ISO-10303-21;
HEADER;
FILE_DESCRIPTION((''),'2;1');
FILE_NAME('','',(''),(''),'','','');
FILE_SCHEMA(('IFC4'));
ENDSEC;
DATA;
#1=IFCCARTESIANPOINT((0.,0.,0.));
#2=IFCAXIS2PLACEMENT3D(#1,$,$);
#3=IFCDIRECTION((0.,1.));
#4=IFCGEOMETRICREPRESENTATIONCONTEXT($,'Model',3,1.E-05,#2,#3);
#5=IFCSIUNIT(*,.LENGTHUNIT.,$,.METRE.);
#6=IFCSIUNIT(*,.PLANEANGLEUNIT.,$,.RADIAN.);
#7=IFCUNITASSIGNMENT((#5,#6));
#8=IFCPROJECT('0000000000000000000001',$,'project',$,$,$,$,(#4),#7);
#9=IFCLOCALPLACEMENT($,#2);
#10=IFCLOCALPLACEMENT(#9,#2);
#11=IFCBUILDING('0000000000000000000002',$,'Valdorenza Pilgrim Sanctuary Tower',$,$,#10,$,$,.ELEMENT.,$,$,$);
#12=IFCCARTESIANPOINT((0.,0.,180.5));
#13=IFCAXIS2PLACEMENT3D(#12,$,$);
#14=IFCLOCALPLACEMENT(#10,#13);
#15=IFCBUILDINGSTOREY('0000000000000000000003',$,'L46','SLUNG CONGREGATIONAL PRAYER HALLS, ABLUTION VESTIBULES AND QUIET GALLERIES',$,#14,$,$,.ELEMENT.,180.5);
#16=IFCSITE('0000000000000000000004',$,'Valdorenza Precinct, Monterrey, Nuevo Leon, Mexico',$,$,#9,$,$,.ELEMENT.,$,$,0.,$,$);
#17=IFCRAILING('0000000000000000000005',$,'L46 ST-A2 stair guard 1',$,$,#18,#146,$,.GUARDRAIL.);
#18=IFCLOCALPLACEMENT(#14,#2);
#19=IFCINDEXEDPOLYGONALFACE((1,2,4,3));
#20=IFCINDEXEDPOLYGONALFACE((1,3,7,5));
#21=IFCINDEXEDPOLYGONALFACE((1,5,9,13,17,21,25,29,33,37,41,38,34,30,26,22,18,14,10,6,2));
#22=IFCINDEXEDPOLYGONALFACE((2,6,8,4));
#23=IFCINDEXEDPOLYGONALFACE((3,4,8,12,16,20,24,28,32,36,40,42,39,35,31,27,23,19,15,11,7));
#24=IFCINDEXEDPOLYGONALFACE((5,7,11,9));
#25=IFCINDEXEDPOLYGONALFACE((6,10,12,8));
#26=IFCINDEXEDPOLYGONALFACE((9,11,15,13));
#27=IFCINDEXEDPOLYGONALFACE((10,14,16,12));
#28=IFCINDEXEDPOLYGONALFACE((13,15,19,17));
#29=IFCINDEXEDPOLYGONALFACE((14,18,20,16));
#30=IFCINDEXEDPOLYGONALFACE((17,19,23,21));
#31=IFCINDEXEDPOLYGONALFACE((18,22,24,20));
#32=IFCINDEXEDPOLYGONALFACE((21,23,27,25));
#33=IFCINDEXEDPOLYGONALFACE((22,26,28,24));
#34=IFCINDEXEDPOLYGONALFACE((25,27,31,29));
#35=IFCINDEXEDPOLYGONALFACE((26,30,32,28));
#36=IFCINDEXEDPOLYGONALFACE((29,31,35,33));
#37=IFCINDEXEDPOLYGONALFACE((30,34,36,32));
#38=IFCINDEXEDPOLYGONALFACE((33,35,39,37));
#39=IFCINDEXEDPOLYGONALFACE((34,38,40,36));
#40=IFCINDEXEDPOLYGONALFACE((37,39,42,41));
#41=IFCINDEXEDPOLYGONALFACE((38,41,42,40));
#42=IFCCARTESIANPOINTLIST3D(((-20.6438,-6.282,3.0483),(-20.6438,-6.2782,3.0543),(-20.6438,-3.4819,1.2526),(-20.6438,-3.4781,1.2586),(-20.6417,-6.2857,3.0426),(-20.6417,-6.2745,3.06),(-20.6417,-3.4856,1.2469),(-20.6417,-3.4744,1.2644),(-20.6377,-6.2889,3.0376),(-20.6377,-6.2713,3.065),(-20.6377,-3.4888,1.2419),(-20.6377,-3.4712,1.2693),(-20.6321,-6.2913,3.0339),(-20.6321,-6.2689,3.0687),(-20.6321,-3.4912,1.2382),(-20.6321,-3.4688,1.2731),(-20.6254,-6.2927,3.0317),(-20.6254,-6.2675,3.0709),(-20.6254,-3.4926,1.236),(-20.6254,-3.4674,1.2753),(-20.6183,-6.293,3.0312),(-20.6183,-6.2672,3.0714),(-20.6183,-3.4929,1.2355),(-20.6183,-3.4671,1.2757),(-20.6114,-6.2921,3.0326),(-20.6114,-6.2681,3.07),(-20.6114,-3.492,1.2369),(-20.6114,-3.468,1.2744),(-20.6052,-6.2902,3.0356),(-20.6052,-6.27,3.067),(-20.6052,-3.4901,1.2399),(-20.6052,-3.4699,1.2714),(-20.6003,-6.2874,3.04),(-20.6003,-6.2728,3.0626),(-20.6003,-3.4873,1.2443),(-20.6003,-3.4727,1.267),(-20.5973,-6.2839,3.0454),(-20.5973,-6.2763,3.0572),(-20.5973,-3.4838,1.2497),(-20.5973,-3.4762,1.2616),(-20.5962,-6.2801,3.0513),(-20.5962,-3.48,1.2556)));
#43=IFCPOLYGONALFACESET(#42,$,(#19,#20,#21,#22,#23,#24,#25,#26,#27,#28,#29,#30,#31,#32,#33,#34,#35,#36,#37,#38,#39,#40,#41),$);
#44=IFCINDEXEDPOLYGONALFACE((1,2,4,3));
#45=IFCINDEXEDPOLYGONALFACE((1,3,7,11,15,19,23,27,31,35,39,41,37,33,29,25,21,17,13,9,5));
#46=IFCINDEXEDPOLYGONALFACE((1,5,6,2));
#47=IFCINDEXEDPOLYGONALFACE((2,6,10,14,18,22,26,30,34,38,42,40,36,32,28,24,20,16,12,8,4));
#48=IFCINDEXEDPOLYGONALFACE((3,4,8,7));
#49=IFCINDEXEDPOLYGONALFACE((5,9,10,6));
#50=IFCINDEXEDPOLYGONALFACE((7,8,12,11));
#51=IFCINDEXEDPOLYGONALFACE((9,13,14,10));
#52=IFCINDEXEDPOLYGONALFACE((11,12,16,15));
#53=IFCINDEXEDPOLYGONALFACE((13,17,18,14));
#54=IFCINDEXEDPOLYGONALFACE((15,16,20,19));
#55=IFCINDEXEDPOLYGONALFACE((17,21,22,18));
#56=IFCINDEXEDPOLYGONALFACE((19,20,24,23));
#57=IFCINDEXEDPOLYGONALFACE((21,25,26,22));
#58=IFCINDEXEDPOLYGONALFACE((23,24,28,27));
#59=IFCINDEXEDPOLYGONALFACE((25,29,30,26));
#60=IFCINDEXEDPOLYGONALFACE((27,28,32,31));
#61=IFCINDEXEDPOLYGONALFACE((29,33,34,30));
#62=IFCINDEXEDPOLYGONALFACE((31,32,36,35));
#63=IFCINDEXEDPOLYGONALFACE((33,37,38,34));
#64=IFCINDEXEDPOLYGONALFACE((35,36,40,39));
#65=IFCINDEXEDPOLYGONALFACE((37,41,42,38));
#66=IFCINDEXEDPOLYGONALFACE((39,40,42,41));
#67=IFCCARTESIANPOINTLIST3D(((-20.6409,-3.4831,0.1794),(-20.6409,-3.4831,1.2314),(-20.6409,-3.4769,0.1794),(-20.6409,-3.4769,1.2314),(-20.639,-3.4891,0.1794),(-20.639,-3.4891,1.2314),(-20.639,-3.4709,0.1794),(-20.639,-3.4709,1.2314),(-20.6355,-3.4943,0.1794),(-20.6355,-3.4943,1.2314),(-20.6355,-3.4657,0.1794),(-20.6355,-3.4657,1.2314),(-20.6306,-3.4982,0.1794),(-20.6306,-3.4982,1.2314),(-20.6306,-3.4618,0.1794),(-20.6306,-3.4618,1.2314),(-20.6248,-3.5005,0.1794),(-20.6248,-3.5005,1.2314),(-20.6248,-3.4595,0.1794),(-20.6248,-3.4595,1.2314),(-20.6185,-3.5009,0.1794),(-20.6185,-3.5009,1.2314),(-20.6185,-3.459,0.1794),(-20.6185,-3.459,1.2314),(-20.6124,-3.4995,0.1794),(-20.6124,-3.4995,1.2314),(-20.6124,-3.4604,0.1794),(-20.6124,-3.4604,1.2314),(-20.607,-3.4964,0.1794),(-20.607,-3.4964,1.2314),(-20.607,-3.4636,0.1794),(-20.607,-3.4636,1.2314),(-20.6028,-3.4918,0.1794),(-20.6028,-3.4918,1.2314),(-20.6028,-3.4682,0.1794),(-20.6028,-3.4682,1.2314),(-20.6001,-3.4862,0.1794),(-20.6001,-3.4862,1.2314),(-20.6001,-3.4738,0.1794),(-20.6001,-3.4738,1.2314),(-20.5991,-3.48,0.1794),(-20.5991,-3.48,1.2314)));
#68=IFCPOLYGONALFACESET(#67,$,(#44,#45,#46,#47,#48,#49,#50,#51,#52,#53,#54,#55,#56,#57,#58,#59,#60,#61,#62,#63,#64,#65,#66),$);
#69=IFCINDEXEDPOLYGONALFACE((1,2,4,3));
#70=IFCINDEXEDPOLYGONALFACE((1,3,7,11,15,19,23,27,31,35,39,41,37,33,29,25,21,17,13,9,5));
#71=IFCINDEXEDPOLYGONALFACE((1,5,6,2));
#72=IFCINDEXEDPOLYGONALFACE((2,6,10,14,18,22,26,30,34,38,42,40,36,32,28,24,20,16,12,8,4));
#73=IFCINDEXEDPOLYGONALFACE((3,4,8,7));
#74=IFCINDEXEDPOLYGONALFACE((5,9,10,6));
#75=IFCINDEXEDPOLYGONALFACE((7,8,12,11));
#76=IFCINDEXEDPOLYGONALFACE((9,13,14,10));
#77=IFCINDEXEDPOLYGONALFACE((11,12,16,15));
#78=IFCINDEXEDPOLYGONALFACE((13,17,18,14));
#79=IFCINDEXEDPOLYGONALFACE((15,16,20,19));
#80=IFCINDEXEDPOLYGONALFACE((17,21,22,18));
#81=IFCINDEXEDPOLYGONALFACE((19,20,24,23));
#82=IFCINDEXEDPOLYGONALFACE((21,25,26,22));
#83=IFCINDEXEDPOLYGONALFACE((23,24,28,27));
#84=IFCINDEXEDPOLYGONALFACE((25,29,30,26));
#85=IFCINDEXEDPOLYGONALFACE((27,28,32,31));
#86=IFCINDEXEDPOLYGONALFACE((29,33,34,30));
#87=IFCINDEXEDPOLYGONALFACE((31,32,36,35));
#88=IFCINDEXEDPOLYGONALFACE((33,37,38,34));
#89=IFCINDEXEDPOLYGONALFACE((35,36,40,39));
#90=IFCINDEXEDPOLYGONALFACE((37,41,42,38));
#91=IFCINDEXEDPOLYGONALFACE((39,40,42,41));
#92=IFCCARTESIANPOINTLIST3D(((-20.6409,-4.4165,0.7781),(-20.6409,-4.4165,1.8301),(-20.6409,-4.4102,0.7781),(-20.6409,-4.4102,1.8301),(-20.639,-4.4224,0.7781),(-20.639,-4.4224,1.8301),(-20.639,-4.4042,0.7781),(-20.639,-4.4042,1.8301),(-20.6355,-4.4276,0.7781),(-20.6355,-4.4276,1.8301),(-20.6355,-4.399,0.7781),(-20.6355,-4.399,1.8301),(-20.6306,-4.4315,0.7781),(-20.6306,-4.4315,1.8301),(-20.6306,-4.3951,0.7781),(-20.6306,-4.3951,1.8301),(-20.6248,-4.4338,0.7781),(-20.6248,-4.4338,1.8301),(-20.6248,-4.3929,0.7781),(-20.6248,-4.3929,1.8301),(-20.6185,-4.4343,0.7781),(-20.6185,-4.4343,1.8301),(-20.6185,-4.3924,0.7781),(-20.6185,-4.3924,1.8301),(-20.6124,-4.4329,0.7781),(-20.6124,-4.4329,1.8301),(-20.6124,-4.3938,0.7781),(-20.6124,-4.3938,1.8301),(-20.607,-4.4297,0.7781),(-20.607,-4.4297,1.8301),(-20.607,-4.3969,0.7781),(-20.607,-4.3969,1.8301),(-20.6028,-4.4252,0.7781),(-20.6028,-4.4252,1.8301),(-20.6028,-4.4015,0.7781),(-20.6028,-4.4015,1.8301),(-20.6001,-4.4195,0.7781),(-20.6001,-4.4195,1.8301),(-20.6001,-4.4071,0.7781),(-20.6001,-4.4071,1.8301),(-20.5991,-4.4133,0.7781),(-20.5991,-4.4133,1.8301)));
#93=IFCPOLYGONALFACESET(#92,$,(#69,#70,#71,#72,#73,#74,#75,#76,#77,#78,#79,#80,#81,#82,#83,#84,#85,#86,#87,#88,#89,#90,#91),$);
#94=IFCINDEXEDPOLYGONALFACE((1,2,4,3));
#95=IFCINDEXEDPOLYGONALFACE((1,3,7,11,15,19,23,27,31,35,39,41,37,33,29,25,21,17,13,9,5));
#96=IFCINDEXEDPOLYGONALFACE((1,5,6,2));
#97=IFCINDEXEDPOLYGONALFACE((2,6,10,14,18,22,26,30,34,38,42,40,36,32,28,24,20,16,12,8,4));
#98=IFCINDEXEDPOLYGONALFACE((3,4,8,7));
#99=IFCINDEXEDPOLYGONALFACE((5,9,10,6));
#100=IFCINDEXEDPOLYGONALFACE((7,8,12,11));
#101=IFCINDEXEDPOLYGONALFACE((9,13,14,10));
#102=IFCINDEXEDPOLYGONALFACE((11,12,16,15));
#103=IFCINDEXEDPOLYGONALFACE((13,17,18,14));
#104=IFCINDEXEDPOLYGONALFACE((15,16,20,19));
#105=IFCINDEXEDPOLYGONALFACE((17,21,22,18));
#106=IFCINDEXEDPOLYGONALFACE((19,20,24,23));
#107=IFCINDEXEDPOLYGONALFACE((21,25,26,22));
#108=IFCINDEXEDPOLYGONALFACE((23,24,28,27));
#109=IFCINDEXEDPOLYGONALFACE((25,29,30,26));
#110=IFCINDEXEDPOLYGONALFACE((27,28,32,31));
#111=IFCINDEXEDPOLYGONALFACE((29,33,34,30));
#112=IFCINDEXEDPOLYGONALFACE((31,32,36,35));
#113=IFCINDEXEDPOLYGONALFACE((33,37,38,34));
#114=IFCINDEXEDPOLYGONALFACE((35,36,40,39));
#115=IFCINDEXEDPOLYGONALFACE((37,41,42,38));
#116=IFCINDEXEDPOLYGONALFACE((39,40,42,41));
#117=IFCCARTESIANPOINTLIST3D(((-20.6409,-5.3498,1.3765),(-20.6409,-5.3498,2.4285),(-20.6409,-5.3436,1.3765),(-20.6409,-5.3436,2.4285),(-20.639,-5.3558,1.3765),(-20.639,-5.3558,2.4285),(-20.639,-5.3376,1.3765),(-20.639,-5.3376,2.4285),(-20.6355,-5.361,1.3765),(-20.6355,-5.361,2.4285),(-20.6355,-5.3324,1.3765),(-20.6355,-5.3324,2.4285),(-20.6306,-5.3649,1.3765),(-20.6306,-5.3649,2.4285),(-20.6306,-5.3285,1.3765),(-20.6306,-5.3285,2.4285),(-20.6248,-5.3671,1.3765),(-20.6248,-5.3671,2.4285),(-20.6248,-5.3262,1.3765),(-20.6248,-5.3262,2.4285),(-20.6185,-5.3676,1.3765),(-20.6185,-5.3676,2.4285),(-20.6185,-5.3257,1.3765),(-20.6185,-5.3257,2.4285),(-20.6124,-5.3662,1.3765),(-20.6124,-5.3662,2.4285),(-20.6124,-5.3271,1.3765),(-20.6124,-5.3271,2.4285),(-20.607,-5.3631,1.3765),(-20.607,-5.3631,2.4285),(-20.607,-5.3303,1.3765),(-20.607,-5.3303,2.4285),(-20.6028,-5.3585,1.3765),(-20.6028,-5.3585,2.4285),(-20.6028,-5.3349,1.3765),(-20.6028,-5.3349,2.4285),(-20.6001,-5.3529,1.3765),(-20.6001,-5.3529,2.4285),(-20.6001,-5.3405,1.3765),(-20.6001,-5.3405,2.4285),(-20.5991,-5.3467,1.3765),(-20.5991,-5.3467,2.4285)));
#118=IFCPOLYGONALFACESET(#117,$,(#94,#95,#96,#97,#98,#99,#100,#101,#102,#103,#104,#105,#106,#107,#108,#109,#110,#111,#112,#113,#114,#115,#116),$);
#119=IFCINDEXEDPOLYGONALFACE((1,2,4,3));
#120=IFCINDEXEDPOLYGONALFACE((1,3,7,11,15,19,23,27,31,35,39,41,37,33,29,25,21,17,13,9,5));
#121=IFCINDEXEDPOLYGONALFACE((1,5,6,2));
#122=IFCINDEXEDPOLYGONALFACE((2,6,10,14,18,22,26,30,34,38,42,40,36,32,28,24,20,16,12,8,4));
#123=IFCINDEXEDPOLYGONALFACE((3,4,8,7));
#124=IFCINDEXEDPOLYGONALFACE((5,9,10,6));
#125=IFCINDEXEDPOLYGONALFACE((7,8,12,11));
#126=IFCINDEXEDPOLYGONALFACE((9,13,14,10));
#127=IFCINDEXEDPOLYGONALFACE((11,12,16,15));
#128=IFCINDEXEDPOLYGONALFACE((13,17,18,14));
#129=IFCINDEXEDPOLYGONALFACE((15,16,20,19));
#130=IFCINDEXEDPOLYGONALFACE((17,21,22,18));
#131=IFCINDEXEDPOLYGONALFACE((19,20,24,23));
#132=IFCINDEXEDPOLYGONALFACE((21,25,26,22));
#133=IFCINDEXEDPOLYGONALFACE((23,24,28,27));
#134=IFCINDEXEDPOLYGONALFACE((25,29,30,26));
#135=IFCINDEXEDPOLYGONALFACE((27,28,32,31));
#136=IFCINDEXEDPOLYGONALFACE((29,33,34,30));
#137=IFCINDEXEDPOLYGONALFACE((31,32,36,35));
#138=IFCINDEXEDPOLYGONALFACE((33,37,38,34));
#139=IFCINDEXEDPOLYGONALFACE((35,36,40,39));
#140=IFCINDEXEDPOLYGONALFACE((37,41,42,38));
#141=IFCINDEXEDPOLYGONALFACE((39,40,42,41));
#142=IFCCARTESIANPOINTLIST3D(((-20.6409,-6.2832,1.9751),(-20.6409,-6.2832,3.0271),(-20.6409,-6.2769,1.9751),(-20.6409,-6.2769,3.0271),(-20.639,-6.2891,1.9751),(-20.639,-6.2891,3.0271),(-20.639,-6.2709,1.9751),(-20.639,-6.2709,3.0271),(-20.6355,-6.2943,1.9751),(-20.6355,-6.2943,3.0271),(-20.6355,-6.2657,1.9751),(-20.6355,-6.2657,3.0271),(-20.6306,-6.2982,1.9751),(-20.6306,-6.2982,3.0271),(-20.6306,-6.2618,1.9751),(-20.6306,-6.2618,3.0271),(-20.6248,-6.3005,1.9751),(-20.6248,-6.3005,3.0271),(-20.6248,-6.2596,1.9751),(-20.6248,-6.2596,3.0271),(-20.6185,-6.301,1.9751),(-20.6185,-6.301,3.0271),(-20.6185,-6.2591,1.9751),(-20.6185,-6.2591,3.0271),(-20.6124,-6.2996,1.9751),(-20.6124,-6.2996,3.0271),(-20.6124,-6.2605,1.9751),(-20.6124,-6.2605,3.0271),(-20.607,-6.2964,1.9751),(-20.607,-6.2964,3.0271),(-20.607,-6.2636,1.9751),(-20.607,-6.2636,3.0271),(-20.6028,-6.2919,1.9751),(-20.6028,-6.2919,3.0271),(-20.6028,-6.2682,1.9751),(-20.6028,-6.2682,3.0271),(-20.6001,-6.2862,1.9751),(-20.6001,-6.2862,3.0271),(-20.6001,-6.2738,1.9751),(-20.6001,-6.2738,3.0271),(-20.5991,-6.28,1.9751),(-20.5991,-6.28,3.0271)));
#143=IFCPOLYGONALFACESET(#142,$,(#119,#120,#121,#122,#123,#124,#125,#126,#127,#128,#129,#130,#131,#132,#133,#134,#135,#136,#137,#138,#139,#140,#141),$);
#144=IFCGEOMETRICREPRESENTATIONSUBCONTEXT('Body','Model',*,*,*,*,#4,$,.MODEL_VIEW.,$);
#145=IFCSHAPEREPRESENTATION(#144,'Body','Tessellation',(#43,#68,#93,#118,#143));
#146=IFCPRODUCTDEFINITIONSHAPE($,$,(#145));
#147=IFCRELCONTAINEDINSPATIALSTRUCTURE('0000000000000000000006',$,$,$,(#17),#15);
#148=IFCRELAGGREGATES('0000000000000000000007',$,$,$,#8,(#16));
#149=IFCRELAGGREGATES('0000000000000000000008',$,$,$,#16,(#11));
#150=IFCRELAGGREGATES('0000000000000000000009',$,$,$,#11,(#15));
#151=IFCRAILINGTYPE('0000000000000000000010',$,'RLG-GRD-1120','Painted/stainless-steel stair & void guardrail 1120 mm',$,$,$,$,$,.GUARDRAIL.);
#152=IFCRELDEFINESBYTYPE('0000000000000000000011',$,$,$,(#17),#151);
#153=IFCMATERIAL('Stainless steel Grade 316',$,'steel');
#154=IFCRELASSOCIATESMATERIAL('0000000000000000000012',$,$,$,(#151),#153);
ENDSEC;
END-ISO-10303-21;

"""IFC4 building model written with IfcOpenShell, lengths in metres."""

from ifc_helpers import new_model, si_unit, direction, frame, origin, origin_2d, place, context, subcontext, project, spatial, circle, extrude, material, type_object, element, save


model = new_model("IFC4")

# Units and contexts
model_context = context("Model", 3, precision=1e-05, world=origin(), true_north=direction((0.0, 1.0)))
body_context = subcontext(model_context, "Body", "Model", "MODEL_VIEW")
ifc_project = project(units=[si_unit("LENGTHUNIT", "METRE"), si_unit("PLANEANGLEUNIT", "RADIAN")], contexts=[model_context])

# Site, building, storey
site_placement = place(None, origin())
site = spatial("IfcSite", under=ifc_project, at=site_placement, Name="Valdorenza Precinct, Monterrey, Nuevo Leon, Mexico", CompositionType="ELEMENT", RefElevation=0.0)
building_placement = place(site_placement, origin())
building = spatial("IfcBuilding", under=site, at=building_placement, Name="Valdorenza Pilgrim Sanctuary Tower", CompositionType="ELEMENT")
storey_placement = place(building_placement, frame((0.0, 0.0, 180.5)))
storey = spatial("IfcBuildingStorey", under=building, at=storey_placement, Name="L46", Description="SLUNG CONGREGATIONAL PRAYER HALLS, ABLUTION VESTIBULES AND QUIET GALLERIES", CompositionType="ELEMENT", Elevation=180.5)

# Railing
ifc_material_1 = material(Name="Stainless steel Grade 316", Category="steel")
railing_type_1 = type_object("IfcRailingType", Name="RLG-GRD-1120", Description="Painted/stainless-steel stair & void guardrail 1120 mm", PredefinedType="GUARDRAIL", material=ifc_material_1)
railing_1_placement = place(storey_placement, frame((-20.6201, -3.48, 0.1794)))
element("IfcRailing", 1, at=railing_1_placement, inside=storey, type_object=railing_type_1, Name="L46 ST-A2 stair guard 1", PredefinedType="GUARDRAIL", context=body_context, shape_type="SweptSolid", body=[
    extrude(circle(Radius=0.0239, at=origin_2d()), frame((0.0, 0.0, 1.0762), z_axis=(0.0, -0.841777, 0.539826), x_axis=(1.0, 0.0, 0.0)), (0.0, 0.0, 1.0), 3.3264),
    extrude(circle(Radius=0.021, at=origin_2d()), origin(), (0.0, 0.0, 1.0), 1.052),
    extrude(circle(Radius=0.021, at=origin_2d()), frame((0.0, -0.9333, 0.5986)), (0.0, 0.0, 1.0), 1.052),
    extrude(circle(Radius=0.021, at=origin_2d()), frame((0.0, -1.8667, 1.197)), (0.0, 0.0, 1.0), 1.052),
    extrude(circle(Radius=0.021, at=origin_2d()), frame((0.0, -2.8, 1.7957)), (0.0, 0.0, 1.0), 1.052),
])

save(model, "model.ifc")
